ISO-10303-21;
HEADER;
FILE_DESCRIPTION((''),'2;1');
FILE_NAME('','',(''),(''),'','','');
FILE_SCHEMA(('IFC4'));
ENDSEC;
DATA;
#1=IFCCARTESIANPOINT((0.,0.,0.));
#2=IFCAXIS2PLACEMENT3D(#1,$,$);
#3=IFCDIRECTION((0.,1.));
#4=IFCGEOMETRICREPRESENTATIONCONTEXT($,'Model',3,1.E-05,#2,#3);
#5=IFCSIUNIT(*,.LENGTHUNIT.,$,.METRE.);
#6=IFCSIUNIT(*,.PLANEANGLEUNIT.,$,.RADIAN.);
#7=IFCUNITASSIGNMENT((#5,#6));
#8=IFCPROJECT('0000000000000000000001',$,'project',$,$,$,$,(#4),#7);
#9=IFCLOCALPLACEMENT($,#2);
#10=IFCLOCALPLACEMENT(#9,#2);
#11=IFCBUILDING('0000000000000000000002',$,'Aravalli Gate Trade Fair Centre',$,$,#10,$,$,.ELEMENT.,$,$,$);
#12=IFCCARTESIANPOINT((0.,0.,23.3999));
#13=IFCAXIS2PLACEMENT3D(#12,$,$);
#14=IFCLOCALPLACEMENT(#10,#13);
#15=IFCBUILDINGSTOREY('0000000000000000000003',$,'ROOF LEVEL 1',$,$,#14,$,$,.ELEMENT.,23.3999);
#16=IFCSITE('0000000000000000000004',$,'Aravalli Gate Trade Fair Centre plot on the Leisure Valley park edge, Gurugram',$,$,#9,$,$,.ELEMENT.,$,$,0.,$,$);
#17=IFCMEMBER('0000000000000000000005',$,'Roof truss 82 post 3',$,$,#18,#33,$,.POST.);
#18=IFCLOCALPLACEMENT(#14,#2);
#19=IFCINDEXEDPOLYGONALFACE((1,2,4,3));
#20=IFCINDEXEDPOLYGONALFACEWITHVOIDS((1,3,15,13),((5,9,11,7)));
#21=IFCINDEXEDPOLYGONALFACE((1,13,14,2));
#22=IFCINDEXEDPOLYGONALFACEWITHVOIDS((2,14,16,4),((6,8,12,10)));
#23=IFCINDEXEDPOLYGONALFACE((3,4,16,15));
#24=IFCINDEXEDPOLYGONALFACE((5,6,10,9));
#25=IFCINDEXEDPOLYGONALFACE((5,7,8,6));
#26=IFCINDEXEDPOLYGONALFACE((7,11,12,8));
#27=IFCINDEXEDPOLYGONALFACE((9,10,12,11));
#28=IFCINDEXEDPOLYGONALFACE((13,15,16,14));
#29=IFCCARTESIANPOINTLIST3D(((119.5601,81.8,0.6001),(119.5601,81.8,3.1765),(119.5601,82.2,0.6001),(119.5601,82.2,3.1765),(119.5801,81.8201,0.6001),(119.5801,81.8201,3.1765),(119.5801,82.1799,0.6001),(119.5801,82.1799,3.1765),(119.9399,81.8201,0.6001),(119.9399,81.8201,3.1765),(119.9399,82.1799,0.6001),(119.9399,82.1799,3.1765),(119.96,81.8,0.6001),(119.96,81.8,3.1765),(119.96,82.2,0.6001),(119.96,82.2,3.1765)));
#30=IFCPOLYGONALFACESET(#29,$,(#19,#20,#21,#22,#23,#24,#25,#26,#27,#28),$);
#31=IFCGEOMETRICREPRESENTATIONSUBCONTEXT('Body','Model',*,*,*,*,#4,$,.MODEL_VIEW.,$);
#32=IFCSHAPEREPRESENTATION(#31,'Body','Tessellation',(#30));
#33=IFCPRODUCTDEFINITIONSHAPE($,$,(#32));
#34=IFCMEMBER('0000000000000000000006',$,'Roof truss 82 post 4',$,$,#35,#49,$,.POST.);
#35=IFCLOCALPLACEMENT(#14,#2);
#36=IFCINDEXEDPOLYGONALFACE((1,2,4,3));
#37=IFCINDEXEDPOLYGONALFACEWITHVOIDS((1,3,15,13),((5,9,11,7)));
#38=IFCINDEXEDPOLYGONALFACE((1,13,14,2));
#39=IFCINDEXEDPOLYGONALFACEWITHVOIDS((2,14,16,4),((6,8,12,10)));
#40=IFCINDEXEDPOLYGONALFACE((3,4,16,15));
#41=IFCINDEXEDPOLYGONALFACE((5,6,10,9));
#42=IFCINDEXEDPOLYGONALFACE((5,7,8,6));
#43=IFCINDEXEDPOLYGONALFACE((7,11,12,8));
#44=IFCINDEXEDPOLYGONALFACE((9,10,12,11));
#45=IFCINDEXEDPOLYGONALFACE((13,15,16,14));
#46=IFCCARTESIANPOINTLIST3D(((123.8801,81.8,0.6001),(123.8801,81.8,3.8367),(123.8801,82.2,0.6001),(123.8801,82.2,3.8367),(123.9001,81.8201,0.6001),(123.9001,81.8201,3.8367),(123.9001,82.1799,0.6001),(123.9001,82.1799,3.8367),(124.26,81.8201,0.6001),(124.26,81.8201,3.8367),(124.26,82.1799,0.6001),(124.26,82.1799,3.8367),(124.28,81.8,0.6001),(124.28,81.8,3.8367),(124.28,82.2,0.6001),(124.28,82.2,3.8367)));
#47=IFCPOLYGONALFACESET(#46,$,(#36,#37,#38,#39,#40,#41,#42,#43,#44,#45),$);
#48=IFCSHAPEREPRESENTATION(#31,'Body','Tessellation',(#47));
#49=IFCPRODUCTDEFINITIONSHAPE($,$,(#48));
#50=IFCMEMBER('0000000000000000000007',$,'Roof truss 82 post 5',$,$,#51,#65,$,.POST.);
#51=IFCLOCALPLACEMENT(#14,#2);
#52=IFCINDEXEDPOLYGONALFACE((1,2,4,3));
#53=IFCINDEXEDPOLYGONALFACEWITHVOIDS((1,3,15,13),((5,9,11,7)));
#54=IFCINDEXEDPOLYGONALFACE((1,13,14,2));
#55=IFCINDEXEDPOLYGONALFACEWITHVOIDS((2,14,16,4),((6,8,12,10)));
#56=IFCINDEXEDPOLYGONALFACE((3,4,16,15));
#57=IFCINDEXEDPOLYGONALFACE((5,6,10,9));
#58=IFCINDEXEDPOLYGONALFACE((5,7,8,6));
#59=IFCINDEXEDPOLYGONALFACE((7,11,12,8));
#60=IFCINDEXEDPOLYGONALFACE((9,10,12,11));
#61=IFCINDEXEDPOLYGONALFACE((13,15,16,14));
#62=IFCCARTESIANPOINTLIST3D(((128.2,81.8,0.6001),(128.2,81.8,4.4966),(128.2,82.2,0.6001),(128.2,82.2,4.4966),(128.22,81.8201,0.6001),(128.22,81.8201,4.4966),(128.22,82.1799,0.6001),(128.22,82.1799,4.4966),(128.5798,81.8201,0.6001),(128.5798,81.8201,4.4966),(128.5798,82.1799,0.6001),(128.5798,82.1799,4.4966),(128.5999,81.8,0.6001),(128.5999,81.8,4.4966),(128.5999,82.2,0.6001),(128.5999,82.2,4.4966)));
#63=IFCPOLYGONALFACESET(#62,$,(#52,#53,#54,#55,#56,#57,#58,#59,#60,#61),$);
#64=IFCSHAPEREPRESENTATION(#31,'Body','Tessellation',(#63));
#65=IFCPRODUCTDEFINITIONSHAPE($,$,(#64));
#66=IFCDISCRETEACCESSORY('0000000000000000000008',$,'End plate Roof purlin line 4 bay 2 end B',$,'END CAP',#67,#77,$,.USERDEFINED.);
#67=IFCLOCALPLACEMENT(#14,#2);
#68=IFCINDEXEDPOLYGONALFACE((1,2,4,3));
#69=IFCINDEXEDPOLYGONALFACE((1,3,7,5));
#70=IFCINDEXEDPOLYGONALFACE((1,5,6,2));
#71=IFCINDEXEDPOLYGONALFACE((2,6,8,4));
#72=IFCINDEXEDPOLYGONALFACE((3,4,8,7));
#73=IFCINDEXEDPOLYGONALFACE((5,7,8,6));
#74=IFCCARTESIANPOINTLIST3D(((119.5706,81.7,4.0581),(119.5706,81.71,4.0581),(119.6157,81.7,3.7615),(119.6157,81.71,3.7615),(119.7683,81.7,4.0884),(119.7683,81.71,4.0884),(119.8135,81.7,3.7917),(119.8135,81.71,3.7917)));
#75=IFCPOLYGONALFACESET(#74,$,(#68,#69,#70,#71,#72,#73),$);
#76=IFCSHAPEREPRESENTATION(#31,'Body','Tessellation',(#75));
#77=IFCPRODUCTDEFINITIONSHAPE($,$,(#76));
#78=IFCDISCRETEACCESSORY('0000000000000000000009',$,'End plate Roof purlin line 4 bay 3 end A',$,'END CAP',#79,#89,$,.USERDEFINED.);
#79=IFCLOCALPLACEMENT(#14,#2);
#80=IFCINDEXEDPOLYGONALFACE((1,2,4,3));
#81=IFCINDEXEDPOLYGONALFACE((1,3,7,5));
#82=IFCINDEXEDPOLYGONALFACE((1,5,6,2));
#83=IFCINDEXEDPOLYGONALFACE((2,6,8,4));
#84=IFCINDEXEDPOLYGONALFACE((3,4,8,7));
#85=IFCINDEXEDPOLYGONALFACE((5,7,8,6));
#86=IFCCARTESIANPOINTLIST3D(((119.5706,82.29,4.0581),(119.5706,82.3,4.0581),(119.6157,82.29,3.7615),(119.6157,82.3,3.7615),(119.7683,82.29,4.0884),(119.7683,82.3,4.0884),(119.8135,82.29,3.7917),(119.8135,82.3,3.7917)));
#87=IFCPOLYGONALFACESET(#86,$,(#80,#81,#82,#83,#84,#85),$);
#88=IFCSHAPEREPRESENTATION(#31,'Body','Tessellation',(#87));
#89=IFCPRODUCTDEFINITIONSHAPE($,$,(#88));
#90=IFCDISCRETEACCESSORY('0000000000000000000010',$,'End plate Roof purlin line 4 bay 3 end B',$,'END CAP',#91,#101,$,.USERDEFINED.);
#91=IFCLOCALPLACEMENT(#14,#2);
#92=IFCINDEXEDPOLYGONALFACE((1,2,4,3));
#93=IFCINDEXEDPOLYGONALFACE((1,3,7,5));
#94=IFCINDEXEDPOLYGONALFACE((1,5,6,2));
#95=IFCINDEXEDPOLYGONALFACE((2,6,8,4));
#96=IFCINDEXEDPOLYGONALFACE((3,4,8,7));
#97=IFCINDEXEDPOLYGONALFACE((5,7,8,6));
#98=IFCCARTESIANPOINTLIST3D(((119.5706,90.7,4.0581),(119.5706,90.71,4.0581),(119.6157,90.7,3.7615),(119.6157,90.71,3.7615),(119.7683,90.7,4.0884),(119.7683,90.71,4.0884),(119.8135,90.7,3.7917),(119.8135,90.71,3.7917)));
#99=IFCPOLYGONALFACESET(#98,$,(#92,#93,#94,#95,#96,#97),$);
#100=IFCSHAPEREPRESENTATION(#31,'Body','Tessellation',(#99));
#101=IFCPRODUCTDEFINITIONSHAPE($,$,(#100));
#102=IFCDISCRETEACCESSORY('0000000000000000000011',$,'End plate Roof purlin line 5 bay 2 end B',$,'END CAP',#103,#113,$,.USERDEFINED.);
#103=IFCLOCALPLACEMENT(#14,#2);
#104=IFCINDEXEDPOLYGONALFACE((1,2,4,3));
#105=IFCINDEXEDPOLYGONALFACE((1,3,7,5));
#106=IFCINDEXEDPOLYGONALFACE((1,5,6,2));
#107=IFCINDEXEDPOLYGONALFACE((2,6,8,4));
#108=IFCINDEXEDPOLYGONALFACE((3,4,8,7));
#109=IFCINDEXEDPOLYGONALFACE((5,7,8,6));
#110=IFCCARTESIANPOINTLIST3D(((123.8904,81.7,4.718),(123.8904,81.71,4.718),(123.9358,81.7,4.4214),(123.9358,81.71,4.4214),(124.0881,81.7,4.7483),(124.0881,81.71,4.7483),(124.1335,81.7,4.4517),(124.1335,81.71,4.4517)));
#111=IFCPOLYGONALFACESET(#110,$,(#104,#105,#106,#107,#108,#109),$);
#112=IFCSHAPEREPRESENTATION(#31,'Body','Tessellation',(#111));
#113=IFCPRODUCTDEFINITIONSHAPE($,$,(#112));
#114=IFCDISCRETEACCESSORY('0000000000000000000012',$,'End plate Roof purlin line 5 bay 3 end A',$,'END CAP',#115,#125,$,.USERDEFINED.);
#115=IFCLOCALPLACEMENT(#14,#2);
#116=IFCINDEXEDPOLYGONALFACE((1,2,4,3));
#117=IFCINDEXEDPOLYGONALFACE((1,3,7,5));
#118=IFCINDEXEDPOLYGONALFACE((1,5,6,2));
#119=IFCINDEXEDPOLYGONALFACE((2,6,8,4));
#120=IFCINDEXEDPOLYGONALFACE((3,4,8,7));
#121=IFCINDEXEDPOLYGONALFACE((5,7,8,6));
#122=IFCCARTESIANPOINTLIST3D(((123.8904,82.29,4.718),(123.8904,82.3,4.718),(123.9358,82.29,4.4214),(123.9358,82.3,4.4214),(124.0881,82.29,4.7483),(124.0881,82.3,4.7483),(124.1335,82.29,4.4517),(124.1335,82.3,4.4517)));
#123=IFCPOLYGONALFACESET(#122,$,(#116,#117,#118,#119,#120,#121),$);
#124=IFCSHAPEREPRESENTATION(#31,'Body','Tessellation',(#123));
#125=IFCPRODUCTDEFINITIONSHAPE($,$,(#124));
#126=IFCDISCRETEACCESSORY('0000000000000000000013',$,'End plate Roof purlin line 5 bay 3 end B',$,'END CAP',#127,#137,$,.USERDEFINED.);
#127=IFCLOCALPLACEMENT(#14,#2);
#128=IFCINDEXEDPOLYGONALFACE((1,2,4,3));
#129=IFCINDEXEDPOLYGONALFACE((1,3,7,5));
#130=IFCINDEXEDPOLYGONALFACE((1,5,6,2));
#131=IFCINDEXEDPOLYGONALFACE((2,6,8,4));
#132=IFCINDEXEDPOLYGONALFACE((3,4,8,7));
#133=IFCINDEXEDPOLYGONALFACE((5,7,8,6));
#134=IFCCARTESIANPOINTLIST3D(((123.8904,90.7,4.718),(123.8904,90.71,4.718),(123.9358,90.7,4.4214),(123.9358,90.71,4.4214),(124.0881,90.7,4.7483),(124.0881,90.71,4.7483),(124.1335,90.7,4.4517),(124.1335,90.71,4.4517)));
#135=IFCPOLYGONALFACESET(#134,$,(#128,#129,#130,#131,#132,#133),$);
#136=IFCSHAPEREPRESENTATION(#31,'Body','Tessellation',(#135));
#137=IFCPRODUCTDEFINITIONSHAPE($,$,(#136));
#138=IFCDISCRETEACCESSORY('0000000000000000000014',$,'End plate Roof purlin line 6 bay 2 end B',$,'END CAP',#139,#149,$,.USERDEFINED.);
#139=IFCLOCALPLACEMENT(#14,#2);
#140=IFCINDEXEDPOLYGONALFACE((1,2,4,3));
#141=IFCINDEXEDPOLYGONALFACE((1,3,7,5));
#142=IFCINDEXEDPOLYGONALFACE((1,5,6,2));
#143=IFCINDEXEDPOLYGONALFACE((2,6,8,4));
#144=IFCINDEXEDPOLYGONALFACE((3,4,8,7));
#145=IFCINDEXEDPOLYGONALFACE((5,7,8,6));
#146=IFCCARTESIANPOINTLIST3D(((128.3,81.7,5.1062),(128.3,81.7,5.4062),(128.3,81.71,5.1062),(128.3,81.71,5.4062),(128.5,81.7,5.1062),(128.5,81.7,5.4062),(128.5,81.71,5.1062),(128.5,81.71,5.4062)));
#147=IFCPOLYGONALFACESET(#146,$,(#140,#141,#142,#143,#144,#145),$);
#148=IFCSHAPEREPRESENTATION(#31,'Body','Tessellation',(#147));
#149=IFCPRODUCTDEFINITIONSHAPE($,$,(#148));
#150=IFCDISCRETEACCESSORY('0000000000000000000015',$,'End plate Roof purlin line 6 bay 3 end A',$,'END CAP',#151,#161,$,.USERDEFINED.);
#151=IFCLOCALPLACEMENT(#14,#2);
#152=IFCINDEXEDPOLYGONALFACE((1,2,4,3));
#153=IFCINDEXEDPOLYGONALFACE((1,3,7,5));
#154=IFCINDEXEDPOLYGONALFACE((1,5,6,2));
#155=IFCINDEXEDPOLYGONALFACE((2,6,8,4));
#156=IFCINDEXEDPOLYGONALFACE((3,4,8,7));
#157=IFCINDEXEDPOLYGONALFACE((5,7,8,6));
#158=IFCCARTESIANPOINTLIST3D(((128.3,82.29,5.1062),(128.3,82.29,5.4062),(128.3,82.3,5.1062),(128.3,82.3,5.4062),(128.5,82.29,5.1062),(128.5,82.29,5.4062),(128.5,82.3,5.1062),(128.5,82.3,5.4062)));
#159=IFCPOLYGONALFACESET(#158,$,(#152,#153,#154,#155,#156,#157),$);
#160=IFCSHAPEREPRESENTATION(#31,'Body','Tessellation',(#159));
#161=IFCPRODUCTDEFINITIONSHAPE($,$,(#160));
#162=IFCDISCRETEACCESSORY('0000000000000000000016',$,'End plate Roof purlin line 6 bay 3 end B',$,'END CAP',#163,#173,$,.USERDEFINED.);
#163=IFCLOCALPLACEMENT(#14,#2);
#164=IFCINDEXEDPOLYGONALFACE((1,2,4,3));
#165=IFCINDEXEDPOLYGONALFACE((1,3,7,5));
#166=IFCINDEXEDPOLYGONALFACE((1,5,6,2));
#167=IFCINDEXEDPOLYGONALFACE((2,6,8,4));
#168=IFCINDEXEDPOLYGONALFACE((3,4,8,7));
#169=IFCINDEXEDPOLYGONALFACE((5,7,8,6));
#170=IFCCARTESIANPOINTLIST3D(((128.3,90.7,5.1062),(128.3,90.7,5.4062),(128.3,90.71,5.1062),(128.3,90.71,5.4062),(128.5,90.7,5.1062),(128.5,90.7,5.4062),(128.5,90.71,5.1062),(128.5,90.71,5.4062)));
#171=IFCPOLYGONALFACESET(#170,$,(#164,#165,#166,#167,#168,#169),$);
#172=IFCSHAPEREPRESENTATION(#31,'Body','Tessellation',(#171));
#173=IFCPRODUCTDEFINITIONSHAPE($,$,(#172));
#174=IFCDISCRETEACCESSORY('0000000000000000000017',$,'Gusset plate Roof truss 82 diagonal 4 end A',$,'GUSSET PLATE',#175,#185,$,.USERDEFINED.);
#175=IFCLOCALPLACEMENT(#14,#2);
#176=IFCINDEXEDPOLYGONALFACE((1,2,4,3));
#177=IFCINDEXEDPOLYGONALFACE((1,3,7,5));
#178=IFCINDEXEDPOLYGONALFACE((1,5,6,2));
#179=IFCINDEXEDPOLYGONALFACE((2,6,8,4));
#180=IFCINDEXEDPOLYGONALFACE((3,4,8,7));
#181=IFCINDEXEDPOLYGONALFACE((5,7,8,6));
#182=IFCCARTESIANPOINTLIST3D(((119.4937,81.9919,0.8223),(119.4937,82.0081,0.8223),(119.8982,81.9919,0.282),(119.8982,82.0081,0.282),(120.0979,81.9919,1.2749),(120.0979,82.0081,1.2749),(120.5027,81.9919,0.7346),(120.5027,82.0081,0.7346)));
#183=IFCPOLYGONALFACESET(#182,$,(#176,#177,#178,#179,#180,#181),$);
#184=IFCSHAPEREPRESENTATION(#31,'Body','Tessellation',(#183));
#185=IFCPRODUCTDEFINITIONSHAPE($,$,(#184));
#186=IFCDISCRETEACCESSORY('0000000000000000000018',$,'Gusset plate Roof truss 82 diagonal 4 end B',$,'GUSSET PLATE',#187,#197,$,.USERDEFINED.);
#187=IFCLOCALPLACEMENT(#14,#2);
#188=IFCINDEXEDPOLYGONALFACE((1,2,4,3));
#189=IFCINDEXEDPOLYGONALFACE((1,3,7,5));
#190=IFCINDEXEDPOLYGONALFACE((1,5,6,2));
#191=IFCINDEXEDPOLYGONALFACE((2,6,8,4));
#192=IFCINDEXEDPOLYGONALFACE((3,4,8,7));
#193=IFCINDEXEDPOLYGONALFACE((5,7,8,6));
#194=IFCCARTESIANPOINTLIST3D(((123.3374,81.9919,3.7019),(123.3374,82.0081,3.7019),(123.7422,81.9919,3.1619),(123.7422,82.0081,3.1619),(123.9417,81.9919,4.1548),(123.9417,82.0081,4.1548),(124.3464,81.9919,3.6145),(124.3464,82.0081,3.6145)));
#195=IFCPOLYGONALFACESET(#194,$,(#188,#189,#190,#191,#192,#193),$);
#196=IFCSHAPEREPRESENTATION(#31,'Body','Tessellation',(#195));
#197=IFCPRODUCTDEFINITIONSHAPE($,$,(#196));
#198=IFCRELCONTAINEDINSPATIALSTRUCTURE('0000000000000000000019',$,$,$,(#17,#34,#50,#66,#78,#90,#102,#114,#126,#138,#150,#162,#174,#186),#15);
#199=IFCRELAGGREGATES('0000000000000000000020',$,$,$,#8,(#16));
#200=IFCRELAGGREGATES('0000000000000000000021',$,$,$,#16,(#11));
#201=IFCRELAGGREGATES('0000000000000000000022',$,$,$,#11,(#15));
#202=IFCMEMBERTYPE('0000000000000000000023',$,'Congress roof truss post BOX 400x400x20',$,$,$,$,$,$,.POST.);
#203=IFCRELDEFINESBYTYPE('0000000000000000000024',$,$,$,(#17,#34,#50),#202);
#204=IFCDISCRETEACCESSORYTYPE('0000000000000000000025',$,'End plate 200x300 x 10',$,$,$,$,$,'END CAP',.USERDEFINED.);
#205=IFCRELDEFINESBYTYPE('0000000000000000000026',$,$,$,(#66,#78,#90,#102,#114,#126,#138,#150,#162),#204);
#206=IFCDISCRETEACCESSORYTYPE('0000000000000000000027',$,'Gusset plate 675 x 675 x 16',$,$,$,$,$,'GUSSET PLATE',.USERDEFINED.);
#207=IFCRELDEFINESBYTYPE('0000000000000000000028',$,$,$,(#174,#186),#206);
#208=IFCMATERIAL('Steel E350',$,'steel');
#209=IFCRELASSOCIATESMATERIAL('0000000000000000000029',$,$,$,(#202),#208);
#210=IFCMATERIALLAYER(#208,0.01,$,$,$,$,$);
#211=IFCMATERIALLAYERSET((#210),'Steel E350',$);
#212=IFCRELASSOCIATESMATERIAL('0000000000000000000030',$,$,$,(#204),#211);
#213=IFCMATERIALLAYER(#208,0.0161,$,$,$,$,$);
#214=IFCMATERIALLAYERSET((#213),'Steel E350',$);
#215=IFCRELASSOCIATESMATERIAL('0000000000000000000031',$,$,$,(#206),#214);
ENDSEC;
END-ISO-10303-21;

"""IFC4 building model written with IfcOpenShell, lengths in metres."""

from ifc_helpers import new_model, si_unit, direction, frame, origin, origin_2d, place, context, subcontext, project, spatial, polyline, hollow_rectangle, outline, extrude, material, layer, layer_set, material_profile, profile_set, type_object, element, save


model = new_model("IFC4")

# Units and contexts
model_context = context("Model", 3, precision=1e-05, world=origin(), true_north=direction((0.0, 1.0)))
body_context = subcontext(model_context, "Body", "Model", "MODEL_VIEW")
ifc_project = project(units=[si_unit("LENGTHUNIT", "METRE"), si_unit("PLANEANGLEUNIT", "RADIAN")], contexts=[model_context])

# Site, building, storey
site_placement = place(None, origin())
site = spatial("IfcSite", under=ifc_project, at=site_placement, Name="Aravalli Gate Trade Fair Centre plot on the Leisure Valley park edge, Gurugram", CompositionType="ELEMENT", RefElevation=0.0)
building_placement = place(site_placement, origin())
building = spatial("IfcBuilding", under=site, at=building_placement, Name="Aravalli Gate Trade Fair Centre", CompositionType="ELEMENT")
storey_placement = place(building_placement, frame((0.0, 0.0, 23.3999)))
storey = spatial("IfcBuildingStorey", under=building, at=storey_placement, Name="ROOF LEVEL 1", CompositionType="ELEMENT", Elevation=23.3999)

# Members
ifc_material = material(Name="Steel E350", Category="steel")
ifc_material_profile_1 = material_profile(ifc_material, hollow_rectangle(XDim=0.3999, YDim=0.3999, WallThickness=0.02, at=origin_2d()), Name="BOX 400x400x20")
ifc_profile_set_1 = profile_set([ifc_material_profile_1], Name="Steel E350")
member_type_1 = type_object("IfcMemberType", Name="Congress roof truss post BOX 400x400x20", PredefinedType="POST", material=ifc_profile_set_1)
member_1_placement = place(storey_placement, frame((119.76, 82.0, 0.6001), z_axis=(0.0, 0.0, 1.0), x_axis=(1.0, 0.0, 0.0)))
element("IfcMember", 1, at=member_1_placement, inside=storey, type_object=member_type_1, Name="Roof truss 82 post 3", PredefinedType="POST", context=body_context, shape_type="SweptSolid", body=[
    extrude(hollow_rectangle(XDim=0.3999, YDim=0.3999, WallThickness=0.02, at=origin_2d()), origin(), (0.0, 0.0, 1.0), 2.5764),
])
member_2_placement = place(storey_placement, frame((124.0801, 82.0, 0.6001), z_axis=(0.0, 0.0, 1.0), x_axis=(1.0, 0.0, 0.0)))
element("IfcMember", 2, at=member_2_placement, inside=storey, type_object=member_type_1, Name="Roof truss 82 post 4", PredefinedType="POST", context=body_context, shape_type="SweptSolid", body=[
    extrude(hollow_rectangle(XDim=0.3999, YDim=0.3999, WallThickness=0.02, at=origin_2d()), origin(), (0.0, 0.0, 1.0), 3.2366),
])
member_3_placement = place(storey_placement, frame((128.3999, 82.0, 0.6001), z_axis=(0.0, 0.0, 1.0), x_axis=(1.0, 0.0, 0.0)))
element("IfcMember", 3, at=member_3_placement, inside=storey, type_object=member_type_1, Name="Roof truss 82 post 5", PredefinedType="POST", context=body_context, shape_type="SweptSolid", body=[
    extrude(hollow_rectangle(XDim=0.3999, YDim=0.3999, WallThickness=0.02, at=origin_2d()), origin(), (0.0, 0.0, 1.0), 3.8965),
])

# Discrete accessories
ifc_layer_1 = layer(ifc_material, 0.01)
ifc_layer_set_1 = layer_set([ifc_layer_1], Name="Steel E350")
discrete_accessory_type_1 = type_object("IfcDiscreteAccessoryType", Name="End plate 200x300 x 10", ElementType="END CAP", PredefinedType="USERDEFINED", material=ifc_layer_set_1)
for number, where, z_axis, x_axis, name in (
    (4, (119.8135, 81.71, 3.7917), (0.0, 1.0, 0.0), (-0.988484, 0.0, -0.151324), "End plate Roof purlin line 4 bay 2 end B"),
    (5, (119.8135, 82.3, 3.7917), (0.0, 1.0, 0.0), (-0.988484, 0.0, -0.151324), "End plate Roof purlin line 4 bay 3 end A"),
    (6, (119.8135, 90.71, 3.7917), (0.0, 1.0, 0.0), (-0.988484, 0.0, -0.151324), "End plate Roof purlin line 4 bay 3 end B"),
):
    element("IfcDiscreteAccessory", number, at=place(storey_placement, frame(where, z_axis=z_axis, x_axis=x_axis)), inside=storey, type_object=discrete_accessory_type_1, Name=name, ObjectType="END CAP", PredefinedType="USERDEFINED", context=body_context, shape_type="SweptSolid", body=[
        extrude(outline(polyline([(0.0, 0.0), (0.2001, 0.0), (0.1998, 0.3), (-0.0002, 0.3), (0.0, 0.0)])), origin(), (0.0, 0.0, -1.0), 0.01),
    ])
for number, where, z_axis, x_axis, name in (
    (7, (124.1335, 81.71, 4.4517), (0.0, 1.0, 0.0), (-0.988484, 0.0, -0.151324), "End plate Roof purlin line 5 bay 2 end B"),
    (8, (124.1335, 82.3, 4.4517), (0.0, 1.0, 0.0), (-0.988484, 0.0, -0.151324), "End plate Roof purlin line 5 bay 3 end A"),
    (9, (124.1335, 90.71, 4.4517), (0.0, 1.0, 0.0), (-0.988484, 0.0, -0.151324), "End plate Roof purlin line 5 bay 3 end B"),
):
    element("IfcDiscreteAccessory", number, at=place(storey_placement, frame(where, z_axis=z_axis, x_axis=x_axis)), inside=storey, type_object=discrete_accessory_type_1, Name=name, ObjectType="END CAP", PredefinedType="USERDEFINED", context=body_context, shape_type="SweptSolid", body=[
        extrude(outline(polyline([(0.0, 0.0), (0.2001, 0.0), (0.2001, 0.3001), (0.0, 0.3001), (0.0, 0.0)])), origin(), (0.0, 0.0, -1.0), 0.01),
    ])
for number, where, z_axis, x_axis, name in (
    (10, (128.5, 81.71, 5.1062), (0.0, 1.0, 0.0), (-1.0, 0.0, 0.0), "End plate Roof purlin line 6 bay 2 end B"),
    (11, (128.5, 82.3, 5.1062), (0.0, 1.0, 0.0), (-1.0, 0.0, 0.0), "End plate Roof purlin line 6 bay 3 end A"),
    (12, (128.5, 90.71, 5.1062), (0.0, 1.0, 0.0), (-1.0, 0.0, 0.0), "End plate Roof purlin line 6 bay 3 end B"),
):
    element("IfcDiscreteAccessory", number, at=place(storey_placement, frame(where, z_axis=z_axis, x_axis=x_axis)), inside=storey, type_object=discrete_accessory_type_1, Name=name, ObjectType="END CAP", PredefinedType="USERDEFINED", context=body_context, shape_type="SweptSolid", body=[
        extrude(outline(polyline([(0.0, 0.0), (0.2, 0.0), (0.2, 0.3), (0.0, 0.3), (0.0, 0.0)])), origin(), (0.0, 0.0, -1.0), 0.01),
    ])
ifc_layer_2 = layer(ifc_material, 0.0161)
ifc_layer_set_2 = layer_set([ifc_layer_2], Name="Steel E350")
discrete_accessory_type_2 = type_object("IfcDiscreteAccessoryType", Name="Gusset plate 675 x 675 x 16", ElementType="GUSSET PLATE", PredefinedType="USERDEFINED", material=ifc_layer_set_2)
discrete_accessory_1_placement = place(storey_placement, frame((120.0979, 81.9919, 1.2749), z_axis=(0.0, -1.0, 0.0), x_axis=(-0.800349, 0.0, -0.599534)))
element("IfcDiscreteAccessory", 13, at=discrete_accessory_1_placement, inside=storey, type_object=discrete_accessory_type_2, Name="Gusset plate Roof truss 82 diagonal 4 end A", ObjectType="GUSSET PLATE", PredefinedType="USERDEFINED", context=body_context, shape_type="SweptSolid", body=[
    extrude(outline(polyline([(0.0, 0.0), (0.755, 0.0), (0.7551, 0.675), (-0.0001, 0.6751), (0.0, 0.0)])), origin(), (0.0, 0.0, -1.0), 0.0161),
])
discrete_accessory_2_placement = place(storey_placement, frame((123.7422, 81.9919, 3.1619), z_axis=(0.0, -1.0, 0.0), x_axis=(0.800349, 0.0, 0.599534)))
element("IfcDiscreteAccessory", 14, at=discrete_accessory_2_placement, inside=storey, type_object=discrete_accessory_type_2, Name="Gusset plate Roof truss 82 diagonal 4 end B", ObjectType="GUSSET PLATE", PredefinedType="USERDEFINED", context=body_context, shape_type="SweptSolid", body=[
    extrude(outline(polyline([(0.0, 0.0), (0.755, 0.0), (0.7549, 0.6751), (-0.0002, 0.6749), (0.0, 0.0)])), origin(), (0.0, 0.0, -1.0), 0.0161),
])

save(model, "model.ifc")
